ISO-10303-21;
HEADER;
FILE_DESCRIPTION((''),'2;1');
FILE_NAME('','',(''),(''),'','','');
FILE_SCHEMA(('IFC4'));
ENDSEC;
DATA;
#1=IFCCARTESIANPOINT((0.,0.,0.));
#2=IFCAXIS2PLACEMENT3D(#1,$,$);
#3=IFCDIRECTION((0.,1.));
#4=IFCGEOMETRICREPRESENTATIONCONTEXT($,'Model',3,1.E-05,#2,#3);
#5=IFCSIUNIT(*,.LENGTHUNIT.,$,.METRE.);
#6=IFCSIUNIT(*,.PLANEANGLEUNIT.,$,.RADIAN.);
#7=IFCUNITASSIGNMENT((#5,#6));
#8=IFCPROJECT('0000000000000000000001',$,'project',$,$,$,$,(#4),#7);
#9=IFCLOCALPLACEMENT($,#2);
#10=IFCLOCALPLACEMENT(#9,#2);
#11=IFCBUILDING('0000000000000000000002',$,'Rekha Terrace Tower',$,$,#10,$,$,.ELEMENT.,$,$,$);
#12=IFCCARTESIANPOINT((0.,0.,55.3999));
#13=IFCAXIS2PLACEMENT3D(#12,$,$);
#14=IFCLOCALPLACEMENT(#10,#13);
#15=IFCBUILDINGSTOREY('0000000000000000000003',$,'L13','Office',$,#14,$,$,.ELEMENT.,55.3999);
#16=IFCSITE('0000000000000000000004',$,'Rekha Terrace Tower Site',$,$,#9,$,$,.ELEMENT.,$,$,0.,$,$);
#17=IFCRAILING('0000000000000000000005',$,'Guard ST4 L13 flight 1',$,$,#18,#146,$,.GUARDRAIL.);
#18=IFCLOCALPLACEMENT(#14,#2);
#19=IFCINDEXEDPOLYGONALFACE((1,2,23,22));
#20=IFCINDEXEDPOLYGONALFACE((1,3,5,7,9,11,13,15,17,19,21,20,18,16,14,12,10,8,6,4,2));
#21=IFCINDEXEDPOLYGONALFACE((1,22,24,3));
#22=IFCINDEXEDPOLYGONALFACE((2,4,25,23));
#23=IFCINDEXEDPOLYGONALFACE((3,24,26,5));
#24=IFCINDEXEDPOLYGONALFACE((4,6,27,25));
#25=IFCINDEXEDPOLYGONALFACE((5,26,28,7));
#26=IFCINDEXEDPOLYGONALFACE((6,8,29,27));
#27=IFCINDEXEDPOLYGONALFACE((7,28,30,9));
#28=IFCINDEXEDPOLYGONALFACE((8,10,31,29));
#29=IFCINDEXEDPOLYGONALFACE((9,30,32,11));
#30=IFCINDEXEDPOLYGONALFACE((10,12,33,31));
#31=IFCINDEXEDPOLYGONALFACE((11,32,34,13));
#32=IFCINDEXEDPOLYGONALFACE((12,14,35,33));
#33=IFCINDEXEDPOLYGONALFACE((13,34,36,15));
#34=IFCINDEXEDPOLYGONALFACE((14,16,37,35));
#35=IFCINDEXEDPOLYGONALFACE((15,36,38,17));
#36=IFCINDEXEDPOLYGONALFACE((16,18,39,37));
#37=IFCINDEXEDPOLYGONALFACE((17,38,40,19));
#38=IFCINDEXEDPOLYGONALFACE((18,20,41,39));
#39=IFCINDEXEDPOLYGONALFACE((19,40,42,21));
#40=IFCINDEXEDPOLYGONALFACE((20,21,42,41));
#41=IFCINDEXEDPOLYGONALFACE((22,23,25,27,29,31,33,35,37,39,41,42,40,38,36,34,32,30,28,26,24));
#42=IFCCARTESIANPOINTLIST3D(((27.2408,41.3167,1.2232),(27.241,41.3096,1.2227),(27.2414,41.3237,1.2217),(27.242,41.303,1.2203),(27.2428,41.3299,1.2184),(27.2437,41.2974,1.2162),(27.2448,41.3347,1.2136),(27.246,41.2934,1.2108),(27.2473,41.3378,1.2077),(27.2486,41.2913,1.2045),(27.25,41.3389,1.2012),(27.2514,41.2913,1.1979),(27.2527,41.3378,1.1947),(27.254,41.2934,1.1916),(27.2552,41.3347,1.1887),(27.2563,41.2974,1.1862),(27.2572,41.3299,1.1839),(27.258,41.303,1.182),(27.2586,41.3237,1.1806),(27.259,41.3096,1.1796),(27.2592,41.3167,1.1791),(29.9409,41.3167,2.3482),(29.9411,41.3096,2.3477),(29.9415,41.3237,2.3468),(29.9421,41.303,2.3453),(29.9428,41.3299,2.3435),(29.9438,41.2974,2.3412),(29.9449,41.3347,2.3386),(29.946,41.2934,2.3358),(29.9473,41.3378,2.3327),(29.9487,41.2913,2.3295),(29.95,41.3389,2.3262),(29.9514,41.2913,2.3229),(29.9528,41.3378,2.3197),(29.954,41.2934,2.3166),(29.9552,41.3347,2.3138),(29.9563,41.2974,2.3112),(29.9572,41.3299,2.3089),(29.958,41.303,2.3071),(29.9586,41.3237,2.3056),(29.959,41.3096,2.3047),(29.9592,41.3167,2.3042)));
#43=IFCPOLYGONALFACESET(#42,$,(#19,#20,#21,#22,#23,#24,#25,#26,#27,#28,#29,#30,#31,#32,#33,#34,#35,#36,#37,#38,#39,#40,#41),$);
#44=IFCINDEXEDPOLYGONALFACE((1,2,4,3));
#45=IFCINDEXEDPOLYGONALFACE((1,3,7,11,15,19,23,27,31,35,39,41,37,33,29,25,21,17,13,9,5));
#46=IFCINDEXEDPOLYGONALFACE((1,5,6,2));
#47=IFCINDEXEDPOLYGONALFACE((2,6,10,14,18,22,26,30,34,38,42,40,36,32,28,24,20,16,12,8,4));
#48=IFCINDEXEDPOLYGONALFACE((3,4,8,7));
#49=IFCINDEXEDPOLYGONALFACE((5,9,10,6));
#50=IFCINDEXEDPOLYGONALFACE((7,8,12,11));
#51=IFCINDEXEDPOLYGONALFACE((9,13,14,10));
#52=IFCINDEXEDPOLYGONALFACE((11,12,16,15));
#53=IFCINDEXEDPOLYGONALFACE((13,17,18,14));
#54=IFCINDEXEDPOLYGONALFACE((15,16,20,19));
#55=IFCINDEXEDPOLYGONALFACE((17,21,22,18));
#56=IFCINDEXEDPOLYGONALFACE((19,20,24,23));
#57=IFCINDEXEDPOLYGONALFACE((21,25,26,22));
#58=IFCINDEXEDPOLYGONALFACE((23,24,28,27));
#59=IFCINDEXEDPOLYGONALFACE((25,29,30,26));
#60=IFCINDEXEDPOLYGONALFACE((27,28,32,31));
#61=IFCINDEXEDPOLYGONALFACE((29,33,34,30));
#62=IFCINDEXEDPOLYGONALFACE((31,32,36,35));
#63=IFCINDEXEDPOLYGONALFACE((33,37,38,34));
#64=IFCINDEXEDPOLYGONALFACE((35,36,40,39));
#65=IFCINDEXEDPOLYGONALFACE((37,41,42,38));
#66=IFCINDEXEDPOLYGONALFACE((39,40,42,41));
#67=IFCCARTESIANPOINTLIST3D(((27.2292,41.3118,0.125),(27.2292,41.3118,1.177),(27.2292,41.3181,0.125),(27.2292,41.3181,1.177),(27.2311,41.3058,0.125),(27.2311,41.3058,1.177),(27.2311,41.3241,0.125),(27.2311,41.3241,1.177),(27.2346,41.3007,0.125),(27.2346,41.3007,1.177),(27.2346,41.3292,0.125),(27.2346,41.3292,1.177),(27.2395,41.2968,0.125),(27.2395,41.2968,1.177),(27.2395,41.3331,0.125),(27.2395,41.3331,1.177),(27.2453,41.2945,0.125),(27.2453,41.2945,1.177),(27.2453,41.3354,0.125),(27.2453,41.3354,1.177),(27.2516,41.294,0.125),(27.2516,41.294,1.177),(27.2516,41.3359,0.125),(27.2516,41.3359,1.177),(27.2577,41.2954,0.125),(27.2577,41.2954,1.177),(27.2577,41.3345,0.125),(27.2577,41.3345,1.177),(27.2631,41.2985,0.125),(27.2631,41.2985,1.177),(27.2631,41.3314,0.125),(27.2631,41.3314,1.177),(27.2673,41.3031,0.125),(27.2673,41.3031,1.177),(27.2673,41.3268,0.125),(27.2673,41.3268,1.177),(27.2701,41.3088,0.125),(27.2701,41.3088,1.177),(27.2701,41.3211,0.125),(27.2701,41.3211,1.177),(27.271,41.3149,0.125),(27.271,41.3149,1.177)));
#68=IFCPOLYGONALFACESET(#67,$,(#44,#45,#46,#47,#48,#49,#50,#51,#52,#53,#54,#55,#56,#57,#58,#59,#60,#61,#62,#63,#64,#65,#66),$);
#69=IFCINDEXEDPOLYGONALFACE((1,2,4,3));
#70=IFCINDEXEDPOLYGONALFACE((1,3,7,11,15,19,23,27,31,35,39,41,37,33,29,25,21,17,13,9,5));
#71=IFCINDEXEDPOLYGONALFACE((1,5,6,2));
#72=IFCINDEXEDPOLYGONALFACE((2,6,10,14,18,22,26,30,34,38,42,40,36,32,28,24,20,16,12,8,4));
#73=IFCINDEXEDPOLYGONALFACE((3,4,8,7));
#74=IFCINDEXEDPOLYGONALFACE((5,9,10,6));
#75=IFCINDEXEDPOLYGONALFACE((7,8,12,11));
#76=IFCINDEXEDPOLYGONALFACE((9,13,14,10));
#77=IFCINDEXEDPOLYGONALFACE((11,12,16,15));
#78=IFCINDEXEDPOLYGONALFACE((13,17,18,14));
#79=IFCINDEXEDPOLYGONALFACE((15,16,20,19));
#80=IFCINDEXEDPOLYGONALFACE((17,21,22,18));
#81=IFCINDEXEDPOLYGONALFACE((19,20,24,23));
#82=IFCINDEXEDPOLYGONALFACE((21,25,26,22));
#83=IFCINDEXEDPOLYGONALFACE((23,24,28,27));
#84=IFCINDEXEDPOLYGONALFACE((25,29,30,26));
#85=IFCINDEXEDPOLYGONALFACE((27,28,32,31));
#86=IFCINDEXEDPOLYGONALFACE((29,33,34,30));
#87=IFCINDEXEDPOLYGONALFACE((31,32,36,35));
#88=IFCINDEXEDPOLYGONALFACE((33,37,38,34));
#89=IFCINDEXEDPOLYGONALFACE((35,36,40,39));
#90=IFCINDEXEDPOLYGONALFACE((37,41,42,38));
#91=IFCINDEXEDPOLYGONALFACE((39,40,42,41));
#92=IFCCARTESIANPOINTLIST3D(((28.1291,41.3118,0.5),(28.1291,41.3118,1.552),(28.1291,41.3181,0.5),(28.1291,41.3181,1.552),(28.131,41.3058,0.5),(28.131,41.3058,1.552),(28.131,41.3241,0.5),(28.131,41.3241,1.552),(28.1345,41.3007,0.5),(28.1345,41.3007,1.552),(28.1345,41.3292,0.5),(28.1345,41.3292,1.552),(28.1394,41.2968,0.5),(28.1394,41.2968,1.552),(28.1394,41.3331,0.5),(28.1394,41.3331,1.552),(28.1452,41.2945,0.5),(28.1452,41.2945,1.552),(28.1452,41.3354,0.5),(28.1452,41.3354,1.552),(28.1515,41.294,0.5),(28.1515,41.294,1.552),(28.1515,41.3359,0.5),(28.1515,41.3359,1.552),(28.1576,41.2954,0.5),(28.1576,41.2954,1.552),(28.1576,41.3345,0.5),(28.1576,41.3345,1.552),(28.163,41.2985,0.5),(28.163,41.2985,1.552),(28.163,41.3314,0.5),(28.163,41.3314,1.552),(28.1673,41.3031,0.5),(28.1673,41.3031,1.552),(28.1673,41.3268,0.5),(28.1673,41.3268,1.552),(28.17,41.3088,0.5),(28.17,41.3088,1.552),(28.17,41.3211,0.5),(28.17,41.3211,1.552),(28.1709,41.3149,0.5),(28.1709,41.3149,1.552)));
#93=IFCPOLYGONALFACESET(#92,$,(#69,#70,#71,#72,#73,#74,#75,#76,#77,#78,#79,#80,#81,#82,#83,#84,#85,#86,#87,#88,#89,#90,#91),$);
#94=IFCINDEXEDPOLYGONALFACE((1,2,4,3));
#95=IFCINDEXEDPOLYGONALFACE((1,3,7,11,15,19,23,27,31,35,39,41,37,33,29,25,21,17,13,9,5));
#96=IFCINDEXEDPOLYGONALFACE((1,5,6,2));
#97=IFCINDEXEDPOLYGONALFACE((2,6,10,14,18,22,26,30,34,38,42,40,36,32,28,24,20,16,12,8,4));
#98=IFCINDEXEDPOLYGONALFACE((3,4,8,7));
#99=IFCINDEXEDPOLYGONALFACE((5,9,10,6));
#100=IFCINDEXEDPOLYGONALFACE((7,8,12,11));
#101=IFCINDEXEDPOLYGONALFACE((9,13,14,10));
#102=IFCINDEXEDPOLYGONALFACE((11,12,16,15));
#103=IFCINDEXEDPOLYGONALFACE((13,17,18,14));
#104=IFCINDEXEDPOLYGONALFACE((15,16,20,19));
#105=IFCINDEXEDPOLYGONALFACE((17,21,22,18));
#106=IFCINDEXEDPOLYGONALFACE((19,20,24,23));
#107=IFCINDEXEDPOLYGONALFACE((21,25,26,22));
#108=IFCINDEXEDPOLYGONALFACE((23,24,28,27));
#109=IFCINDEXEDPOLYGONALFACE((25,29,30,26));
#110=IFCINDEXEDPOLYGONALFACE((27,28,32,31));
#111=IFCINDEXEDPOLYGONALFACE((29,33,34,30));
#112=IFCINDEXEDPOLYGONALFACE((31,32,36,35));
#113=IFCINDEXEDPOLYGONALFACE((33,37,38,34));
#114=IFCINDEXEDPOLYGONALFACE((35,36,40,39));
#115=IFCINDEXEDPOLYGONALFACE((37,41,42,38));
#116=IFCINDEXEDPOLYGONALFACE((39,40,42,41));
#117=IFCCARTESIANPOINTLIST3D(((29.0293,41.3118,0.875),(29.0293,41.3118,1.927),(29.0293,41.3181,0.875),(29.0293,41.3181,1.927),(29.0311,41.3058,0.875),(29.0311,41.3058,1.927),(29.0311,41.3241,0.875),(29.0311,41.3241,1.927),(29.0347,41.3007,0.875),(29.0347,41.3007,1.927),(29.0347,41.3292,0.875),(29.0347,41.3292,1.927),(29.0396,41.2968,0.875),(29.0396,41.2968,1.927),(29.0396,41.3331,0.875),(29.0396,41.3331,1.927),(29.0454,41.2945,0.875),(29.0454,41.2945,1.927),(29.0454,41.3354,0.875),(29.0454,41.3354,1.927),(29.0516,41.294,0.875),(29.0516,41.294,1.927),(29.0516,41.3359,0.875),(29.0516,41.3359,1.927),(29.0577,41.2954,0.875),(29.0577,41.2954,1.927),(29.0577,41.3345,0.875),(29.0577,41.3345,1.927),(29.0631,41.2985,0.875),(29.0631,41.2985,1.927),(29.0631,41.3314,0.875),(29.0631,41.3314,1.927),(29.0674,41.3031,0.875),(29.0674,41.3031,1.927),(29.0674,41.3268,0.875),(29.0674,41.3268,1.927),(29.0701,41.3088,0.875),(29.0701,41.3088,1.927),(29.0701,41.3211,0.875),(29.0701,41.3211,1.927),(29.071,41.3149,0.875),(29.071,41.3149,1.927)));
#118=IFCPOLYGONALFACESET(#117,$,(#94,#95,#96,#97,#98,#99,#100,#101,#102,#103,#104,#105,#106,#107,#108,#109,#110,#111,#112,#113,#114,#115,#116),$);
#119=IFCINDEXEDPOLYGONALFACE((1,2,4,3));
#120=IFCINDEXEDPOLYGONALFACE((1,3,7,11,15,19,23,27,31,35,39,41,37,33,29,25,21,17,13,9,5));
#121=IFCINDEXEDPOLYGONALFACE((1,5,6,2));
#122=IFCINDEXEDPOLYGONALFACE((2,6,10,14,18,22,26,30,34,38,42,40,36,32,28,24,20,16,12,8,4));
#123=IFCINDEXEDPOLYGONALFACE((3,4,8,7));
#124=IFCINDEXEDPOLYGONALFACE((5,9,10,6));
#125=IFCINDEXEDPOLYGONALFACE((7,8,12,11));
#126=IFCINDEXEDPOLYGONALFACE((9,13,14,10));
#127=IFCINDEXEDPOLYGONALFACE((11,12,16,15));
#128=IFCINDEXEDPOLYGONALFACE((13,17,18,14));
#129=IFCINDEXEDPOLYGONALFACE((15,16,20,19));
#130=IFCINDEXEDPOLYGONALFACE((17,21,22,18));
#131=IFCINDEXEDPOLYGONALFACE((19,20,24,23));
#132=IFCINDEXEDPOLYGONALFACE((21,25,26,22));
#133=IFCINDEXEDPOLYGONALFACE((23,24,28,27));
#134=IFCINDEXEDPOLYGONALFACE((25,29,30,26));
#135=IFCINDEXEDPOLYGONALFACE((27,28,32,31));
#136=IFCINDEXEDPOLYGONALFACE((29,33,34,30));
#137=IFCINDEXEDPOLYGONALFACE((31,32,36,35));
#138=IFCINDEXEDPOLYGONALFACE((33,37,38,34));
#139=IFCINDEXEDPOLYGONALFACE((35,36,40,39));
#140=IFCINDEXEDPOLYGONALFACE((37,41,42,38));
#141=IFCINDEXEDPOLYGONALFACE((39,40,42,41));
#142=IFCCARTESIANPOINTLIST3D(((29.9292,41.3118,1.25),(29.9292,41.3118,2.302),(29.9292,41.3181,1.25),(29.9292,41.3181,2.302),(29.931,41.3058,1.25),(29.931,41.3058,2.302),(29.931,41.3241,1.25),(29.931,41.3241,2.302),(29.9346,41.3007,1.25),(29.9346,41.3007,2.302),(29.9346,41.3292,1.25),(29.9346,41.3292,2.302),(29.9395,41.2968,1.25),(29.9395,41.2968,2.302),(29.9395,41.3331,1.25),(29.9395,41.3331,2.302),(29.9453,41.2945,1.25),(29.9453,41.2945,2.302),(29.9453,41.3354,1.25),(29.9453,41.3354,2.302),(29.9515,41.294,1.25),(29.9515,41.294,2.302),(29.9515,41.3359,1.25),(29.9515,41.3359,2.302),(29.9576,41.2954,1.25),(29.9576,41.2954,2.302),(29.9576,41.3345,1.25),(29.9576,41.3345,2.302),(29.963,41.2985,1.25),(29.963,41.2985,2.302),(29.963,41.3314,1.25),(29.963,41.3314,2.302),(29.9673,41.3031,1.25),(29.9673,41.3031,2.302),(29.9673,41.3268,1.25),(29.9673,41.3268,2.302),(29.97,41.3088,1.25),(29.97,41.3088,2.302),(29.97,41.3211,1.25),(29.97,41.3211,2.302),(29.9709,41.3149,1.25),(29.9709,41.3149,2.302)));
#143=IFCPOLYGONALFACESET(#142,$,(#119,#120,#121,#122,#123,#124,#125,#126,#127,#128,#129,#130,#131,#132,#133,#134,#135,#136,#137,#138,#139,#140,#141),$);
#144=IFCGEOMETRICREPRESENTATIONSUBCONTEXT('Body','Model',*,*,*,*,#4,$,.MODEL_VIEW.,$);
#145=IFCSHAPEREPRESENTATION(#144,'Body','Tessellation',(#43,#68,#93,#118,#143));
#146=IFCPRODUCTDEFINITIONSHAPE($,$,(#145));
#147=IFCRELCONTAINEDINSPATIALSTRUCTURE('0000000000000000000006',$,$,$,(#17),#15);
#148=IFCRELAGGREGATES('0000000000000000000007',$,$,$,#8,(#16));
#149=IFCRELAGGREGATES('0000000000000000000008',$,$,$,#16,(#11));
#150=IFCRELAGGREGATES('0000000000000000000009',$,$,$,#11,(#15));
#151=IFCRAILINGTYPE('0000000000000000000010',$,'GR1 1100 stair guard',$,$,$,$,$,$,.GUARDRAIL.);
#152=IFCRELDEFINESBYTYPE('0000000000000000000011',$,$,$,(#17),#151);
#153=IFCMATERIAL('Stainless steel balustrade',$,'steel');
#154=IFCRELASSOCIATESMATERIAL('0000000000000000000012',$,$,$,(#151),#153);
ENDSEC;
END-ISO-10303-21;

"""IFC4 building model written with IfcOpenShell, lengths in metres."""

from ifc_helpers import new_model, si_unit, direction, frame, origin, origin_2d, place, context, subcontext, project, spatial, circle, extrude, material, type_object, element, save


model = new_model("IFC4")

# Units and contexts
model_context = context("Model", 3, precision=1e-05, world=origin(), true_north=direction((0.0, 1.0)))
body_context = subcontext(model_context, "Body", "Model", "MODEL_VIEW")
ifc_project = project(units=[si_unit("LENGTHUNIT", "METRE"), si_unit("PLANEANGLEUNIT", "RADIAN")], contexts=[model_context])

# Site, building, storey
site_placement = place(None, origin())
site = spatial("IfcSite", under=ifc_project, at=site_placement, Name="Rekha Terrace Tower Site", CompositionType="ELEMENT", RefElevation=0.0)
building_placement = place(site_placement, origin())
building = spatial("IfcBuilding", under=site, at=building_placement, Name="Rekha Terrace Tower", CompositionType="ELEMENT")
storey_placement = place(building_placement, frame((0.0, 0.0, 55.3999)))
storey = spatial("IfcBuildingStorey", under=building, at=storey_placement, Name="L13", Description="Office", CompositionType="ELEMENT", Elevation=55.3999)

# Railing
ifc_material_1 = material(Name="Stainless steel balustrade", Category="steel")
railing_type_1 = type_object("IfcRailingType", Name="GR1 1100 stair guard", PredefinedType="GUARDRAIL", material=ifc_material_1)
railing_1_placement = place(storey_placement, frame((27.25, 41.3149, 0.125)))
element("IfcRailing", 1, at=railing_1_placement, inside=storey, type_object=railing_type_1, Name="Guard ST4 L13 flight 1", PredefinedType="GUARDRAIL", context=body_context, shape_type="SweptSolid", body=[
    extrude(circle(Radius=0.0239, at=origin_2d()), frame((0.0, 0.0, 1.0762), z_axis=(0.923074, 0.0, 0.384621), x_axis=(0.0, 1.0, 0.0)), (0.0, 0.0, 1.0), 2.925),
    extrude(circle(Radius=0.021, at=origin_2d()), origin(), (0.0, 0.0, 1.0), 1.052),
    extrude(circle(Radius=0.021, at=origin_2d()), frame((0.8999, 0.0, 0.375)), (0.0, 0.0, 1.0), 1.052),
    extrude(circle(Radius=0.021, at=origin_2d()), frame((1.8, 0.0, 0.75)), (0.0, 0.0, 1.0), 1.052),
    extrude(circle(Radius=0.021, at=origin_2d()), frame((2.7, 0.0, 1.125)), (0.0, 0.0, 1.0), 1.052),
])

save(model, "model.ifc")
